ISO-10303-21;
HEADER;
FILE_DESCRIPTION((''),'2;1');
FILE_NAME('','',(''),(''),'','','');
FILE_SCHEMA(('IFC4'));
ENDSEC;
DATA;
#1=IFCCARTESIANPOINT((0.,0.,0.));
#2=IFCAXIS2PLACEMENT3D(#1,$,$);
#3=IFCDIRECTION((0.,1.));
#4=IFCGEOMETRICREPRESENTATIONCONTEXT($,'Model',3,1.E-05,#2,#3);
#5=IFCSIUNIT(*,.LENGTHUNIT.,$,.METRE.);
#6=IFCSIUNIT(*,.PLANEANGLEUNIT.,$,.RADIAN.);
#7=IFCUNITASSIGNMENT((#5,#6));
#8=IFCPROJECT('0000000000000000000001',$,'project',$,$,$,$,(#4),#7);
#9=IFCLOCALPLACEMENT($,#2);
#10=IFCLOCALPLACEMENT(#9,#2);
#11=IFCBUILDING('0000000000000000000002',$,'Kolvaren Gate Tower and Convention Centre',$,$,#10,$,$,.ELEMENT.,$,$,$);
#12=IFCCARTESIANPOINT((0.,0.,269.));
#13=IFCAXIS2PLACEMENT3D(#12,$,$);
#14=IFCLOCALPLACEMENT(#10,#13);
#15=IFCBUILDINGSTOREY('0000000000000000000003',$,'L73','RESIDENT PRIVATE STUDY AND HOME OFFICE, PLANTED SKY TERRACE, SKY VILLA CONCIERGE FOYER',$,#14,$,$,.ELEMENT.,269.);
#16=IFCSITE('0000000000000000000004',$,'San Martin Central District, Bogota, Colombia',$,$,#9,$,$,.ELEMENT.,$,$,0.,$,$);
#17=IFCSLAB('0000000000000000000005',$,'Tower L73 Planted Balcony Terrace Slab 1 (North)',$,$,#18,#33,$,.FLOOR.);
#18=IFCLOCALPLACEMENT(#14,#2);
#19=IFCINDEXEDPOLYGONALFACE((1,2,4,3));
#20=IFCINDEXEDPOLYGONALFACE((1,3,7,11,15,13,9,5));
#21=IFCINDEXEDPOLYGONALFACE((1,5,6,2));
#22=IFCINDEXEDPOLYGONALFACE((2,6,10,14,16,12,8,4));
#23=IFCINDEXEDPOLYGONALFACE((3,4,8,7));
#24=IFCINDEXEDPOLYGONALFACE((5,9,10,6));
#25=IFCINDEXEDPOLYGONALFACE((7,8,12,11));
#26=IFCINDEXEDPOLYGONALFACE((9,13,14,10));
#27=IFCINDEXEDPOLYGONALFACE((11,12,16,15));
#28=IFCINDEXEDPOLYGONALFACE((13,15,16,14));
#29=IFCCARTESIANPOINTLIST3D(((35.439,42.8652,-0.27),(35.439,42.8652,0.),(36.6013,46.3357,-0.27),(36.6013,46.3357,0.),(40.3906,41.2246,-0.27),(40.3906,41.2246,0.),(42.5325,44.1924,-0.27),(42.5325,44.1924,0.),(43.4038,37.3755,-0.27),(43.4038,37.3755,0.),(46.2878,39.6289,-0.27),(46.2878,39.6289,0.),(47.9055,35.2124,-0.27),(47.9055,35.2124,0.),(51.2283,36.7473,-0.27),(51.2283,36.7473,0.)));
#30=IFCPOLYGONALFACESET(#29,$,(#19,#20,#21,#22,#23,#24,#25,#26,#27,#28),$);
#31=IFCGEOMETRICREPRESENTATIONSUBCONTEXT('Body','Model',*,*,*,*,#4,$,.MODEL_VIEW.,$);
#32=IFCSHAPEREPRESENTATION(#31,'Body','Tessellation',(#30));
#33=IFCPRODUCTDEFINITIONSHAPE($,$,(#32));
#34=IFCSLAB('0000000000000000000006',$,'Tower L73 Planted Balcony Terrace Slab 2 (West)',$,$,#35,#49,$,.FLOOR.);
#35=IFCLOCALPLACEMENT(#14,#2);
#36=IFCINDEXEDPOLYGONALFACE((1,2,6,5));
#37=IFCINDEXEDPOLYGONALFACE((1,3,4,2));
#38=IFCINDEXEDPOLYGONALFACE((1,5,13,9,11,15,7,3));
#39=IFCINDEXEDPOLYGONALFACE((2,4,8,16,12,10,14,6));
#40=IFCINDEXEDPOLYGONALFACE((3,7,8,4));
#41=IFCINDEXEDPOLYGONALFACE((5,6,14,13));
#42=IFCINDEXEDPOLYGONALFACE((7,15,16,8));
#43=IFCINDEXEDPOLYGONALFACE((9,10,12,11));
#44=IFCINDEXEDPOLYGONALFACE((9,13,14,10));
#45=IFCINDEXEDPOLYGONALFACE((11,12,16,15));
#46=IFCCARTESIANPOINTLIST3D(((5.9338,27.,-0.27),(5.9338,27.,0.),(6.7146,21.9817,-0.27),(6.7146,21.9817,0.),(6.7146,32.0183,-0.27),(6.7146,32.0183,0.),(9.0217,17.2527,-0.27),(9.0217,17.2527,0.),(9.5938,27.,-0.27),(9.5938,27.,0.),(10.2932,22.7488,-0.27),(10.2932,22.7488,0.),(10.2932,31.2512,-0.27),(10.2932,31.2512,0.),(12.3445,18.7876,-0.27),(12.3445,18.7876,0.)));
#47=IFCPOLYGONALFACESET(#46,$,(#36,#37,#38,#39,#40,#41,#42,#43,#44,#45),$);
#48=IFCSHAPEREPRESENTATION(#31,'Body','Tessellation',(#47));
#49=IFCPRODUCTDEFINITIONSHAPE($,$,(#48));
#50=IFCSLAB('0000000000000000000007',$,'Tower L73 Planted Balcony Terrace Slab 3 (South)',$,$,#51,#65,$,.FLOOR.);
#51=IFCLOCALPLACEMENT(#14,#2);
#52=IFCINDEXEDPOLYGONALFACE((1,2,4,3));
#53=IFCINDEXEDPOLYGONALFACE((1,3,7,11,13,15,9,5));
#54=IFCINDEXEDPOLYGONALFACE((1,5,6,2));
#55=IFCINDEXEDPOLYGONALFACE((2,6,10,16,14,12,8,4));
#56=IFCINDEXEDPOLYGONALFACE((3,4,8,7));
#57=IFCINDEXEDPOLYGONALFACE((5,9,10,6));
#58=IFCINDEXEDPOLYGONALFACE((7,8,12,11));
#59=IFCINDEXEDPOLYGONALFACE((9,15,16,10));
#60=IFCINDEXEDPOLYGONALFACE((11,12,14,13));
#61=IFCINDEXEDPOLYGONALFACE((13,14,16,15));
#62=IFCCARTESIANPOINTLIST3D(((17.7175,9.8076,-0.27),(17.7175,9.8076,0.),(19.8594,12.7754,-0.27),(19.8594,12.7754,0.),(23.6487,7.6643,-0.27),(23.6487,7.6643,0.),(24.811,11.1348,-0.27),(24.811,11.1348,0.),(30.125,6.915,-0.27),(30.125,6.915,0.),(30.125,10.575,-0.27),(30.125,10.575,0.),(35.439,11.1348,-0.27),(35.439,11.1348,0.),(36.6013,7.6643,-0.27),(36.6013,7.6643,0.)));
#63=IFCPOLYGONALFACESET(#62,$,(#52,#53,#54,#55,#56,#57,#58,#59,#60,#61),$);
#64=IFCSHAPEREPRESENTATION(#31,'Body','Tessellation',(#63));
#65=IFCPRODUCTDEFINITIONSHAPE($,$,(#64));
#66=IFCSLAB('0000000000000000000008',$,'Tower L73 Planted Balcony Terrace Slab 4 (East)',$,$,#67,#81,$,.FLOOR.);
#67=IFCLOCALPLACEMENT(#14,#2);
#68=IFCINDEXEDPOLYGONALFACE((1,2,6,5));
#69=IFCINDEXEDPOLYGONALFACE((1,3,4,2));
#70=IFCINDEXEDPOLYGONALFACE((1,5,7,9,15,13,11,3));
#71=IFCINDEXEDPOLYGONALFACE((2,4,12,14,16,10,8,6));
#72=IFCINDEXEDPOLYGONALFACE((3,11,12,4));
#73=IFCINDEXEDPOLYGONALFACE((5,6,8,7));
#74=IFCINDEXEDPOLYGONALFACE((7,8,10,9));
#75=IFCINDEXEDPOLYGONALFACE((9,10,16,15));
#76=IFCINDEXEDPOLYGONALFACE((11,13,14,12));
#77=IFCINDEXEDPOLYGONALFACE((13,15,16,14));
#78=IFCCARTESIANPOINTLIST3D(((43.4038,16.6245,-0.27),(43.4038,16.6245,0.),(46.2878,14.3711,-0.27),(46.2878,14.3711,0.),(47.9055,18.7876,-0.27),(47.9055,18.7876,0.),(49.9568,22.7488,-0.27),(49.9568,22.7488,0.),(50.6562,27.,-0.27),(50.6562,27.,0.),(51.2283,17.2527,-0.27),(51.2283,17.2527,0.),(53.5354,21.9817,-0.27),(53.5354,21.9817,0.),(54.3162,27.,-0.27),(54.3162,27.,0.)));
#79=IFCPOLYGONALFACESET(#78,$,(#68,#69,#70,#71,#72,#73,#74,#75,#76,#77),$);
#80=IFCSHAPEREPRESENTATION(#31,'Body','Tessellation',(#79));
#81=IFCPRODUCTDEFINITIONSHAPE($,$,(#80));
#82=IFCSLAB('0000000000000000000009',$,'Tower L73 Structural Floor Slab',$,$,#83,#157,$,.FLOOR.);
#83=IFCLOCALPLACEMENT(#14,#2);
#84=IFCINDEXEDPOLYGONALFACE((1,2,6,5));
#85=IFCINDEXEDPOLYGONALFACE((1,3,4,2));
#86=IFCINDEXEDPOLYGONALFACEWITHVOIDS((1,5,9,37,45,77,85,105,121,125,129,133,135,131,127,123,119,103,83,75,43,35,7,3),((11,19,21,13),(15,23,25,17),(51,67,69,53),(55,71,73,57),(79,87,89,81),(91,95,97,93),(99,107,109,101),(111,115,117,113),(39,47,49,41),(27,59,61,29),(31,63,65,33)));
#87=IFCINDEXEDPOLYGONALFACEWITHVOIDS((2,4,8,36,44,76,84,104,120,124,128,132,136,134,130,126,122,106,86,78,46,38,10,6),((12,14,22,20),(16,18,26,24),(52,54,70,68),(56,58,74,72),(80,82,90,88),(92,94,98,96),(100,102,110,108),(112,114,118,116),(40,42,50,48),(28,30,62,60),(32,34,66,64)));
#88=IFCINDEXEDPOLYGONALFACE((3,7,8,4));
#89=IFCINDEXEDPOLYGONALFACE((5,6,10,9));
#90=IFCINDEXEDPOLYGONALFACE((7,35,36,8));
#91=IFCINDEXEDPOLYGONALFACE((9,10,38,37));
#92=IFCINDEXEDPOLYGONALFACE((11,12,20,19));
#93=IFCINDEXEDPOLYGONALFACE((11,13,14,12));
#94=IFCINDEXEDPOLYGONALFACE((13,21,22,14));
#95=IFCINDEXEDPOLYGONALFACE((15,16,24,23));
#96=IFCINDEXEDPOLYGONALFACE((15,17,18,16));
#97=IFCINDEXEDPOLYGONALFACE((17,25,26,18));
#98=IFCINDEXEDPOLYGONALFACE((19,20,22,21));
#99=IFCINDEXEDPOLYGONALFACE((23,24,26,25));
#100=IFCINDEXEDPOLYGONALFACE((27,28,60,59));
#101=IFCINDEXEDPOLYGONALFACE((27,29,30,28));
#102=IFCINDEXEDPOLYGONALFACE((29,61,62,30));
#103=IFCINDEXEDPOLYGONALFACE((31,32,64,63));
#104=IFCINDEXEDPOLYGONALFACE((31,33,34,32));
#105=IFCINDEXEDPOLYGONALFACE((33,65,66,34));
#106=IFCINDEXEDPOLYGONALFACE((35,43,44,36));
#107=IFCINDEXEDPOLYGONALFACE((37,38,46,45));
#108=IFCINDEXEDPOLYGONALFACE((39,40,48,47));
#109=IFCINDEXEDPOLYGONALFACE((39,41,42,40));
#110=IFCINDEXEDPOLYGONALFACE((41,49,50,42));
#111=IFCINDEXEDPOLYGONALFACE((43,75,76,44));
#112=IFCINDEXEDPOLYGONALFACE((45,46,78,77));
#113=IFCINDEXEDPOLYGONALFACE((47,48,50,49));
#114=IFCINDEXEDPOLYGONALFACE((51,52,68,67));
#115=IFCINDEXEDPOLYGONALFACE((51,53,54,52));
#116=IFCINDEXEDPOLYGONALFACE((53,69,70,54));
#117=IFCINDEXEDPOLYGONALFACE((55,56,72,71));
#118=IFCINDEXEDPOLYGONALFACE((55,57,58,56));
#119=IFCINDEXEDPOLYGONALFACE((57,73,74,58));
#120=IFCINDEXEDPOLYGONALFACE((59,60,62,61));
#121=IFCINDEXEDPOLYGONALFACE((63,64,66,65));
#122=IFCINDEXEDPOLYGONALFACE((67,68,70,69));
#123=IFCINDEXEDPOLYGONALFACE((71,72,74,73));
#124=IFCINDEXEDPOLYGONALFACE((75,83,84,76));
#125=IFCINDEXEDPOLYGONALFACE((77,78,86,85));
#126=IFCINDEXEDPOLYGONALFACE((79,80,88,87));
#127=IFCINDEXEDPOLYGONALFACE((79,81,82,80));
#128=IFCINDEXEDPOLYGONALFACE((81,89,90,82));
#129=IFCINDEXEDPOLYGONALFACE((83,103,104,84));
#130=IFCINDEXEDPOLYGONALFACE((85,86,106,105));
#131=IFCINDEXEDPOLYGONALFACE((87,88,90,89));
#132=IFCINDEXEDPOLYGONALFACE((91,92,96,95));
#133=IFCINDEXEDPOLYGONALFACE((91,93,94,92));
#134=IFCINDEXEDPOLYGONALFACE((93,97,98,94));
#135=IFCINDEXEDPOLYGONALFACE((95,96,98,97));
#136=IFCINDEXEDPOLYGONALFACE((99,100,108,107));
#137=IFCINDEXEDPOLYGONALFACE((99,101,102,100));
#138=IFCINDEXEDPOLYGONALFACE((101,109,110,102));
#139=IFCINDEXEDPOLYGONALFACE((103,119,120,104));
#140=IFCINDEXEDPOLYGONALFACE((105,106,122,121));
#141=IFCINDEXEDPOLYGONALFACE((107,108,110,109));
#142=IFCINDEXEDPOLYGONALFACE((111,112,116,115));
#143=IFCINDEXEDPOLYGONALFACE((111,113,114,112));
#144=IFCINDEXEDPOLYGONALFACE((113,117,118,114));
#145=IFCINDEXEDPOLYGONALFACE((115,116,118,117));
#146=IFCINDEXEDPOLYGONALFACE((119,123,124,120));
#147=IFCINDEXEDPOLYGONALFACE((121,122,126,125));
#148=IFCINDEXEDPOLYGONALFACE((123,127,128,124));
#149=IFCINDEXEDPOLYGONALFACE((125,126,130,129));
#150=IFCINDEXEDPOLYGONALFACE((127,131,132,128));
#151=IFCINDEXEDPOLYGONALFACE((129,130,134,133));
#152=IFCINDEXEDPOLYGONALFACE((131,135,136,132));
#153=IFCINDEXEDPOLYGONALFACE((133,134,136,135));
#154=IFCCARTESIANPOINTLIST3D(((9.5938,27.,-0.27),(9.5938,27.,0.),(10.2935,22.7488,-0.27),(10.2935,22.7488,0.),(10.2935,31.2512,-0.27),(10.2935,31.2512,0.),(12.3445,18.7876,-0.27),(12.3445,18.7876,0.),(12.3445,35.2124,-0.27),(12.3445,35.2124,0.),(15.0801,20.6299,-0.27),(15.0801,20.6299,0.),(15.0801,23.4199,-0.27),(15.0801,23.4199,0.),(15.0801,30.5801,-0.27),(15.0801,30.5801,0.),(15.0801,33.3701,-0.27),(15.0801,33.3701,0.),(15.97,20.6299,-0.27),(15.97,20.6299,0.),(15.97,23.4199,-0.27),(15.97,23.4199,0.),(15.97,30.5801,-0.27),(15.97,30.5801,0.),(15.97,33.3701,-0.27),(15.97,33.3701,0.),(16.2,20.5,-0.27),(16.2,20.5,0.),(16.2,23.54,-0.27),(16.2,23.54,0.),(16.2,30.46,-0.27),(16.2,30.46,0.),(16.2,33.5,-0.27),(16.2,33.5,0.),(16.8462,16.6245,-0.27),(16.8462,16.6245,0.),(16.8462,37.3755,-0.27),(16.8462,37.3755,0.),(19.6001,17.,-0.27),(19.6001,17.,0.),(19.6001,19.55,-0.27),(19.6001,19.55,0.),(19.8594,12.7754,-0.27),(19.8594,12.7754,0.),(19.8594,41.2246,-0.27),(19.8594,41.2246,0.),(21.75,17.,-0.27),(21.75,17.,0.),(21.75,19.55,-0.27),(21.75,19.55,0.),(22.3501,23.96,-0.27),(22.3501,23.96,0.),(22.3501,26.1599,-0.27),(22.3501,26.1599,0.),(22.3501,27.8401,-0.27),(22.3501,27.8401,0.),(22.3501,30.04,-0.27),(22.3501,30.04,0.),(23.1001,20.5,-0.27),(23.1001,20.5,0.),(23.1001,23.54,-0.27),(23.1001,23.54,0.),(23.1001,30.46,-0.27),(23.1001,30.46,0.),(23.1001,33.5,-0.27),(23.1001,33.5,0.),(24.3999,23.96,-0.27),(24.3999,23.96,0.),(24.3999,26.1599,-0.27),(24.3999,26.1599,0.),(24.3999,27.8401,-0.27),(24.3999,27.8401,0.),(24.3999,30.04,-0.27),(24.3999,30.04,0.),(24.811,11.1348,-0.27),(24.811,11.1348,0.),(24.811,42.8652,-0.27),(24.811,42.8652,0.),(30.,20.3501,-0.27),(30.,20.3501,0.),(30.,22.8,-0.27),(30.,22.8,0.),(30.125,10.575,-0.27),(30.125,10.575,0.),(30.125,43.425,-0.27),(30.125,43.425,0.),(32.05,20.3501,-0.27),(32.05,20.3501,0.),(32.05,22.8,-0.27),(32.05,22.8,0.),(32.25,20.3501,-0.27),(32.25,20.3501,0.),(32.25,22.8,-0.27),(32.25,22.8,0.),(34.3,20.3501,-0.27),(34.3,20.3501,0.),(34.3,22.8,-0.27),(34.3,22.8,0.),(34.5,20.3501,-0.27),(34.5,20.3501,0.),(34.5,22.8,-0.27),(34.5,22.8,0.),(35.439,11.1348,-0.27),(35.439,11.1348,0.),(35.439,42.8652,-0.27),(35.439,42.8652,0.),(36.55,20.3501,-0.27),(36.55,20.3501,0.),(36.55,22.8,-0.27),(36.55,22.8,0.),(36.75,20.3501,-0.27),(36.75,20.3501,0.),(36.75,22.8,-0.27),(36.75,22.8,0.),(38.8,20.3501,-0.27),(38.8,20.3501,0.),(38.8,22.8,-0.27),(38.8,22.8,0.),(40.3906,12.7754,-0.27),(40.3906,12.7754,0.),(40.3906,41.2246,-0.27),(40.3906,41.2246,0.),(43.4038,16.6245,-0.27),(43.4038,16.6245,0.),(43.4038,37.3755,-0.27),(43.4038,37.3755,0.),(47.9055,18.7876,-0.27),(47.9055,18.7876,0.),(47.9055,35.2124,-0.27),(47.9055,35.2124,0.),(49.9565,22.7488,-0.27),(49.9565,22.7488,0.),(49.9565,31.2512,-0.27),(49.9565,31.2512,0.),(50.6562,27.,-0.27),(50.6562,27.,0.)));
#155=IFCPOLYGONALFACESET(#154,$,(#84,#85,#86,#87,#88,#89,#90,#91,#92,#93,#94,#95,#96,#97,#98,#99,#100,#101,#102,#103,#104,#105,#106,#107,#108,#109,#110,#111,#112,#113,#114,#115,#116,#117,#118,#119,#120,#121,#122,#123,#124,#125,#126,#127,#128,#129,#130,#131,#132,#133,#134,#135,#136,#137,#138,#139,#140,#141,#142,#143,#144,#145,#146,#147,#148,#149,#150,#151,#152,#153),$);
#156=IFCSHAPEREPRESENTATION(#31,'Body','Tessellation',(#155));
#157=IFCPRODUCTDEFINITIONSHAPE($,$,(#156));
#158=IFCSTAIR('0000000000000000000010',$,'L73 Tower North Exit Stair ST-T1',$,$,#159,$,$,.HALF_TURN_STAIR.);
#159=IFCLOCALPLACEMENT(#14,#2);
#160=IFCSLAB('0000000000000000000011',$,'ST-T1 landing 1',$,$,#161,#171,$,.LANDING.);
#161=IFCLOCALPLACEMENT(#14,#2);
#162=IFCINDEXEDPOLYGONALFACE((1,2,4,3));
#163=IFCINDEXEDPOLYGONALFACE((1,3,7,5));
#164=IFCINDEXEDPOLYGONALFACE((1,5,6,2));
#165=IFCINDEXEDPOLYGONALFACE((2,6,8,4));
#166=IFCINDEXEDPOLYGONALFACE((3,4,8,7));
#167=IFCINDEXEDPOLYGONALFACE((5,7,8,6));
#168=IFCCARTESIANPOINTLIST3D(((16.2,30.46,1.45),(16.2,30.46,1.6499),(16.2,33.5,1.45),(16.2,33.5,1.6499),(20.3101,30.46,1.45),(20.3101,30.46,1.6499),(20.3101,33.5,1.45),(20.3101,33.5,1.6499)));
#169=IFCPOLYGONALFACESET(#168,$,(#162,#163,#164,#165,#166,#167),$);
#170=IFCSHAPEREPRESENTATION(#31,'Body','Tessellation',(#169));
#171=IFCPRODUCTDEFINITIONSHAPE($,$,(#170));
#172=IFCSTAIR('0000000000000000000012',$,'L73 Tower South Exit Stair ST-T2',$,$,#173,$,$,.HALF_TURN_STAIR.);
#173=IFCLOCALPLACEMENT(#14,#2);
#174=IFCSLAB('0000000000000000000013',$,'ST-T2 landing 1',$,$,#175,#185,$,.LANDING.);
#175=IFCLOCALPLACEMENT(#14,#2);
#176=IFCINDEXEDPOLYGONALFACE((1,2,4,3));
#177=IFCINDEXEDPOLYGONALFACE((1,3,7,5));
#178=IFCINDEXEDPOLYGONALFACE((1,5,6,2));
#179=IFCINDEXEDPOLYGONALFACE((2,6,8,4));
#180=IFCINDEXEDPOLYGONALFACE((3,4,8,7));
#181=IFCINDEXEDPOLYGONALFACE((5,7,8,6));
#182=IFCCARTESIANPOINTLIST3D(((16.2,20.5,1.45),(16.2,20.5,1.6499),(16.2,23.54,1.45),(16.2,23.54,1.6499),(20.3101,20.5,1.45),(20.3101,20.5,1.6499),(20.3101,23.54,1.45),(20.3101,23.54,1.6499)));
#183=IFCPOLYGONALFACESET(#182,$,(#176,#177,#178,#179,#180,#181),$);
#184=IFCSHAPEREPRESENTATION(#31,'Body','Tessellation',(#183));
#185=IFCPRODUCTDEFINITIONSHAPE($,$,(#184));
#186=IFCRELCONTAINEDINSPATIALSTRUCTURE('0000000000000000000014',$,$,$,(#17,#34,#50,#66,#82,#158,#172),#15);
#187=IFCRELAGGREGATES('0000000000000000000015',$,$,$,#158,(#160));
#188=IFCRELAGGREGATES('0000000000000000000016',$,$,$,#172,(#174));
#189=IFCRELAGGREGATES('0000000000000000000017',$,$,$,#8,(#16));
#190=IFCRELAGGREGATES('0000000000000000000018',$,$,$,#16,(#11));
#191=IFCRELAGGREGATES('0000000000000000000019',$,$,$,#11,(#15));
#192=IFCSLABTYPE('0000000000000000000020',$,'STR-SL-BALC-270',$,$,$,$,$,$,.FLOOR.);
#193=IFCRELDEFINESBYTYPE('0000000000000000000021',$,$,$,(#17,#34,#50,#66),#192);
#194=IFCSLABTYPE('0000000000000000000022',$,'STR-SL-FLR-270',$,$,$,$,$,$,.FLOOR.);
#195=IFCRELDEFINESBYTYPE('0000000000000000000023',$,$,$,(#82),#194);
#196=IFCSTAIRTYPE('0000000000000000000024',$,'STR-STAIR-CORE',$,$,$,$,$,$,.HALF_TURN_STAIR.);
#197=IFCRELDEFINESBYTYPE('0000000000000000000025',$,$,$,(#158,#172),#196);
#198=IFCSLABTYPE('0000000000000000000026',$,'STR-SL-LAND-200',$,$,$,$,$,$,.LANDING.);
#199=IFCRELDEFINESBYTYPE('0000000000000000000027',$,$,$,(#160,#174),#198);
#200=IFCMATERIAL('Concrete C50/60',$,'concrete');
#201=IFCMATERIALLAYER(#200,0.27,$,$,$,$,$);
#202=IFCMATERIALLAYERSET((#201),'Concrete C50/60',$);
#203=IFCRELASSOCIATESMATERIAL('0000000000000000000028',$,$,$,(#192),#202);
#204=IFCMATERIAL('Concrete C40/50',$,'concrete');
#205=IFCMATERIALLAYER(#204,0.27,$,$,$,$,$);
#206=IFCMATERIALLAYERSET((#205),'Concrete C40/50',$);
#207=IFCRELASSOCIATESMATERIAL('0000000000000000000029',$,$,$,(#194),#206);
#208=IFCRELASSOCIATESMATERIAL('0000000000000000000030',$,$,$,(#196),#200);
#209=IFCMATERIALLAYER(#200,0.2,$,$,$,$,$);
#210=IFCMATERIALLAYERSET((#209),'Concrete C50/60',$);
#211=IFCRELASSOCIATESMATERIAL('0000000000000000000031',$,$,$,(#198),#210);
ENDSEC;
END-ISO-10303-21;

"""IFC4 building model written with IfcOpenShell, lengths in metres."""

from ifc_helpers import new_model, si_unit, direction, frame, origin, place, context, subcontext, project, spatial, polyline, outline, extrude, material, layer, layer_set, type_object, element, aggregate, save


model = new_model("IFC4")

# Units and contexts
model_context = context("Model", 3, precision=1e-05, world=origin(), true_north=direction((0.0, 1.0)))
body_context = subcontext(model_context, "Body", "Model", "MODEL_VIEW")
ifc_project = project(units=[si_unit("LENGTHUNIT", "METRE"), si_unit("PLANEANGLEUNIT", "RADIAN")], contexts=[model_context])

# Site, building, storey
site_placement = place(None, origin())
site = spatial("IfcSite", under=ifc_project, at=site_placement, Name="San Martin Central District, Bogota, Colombia", CompositionType="ELEMENT", RefElevation=0.0)
building_placement = place(site_placement, origin())
building = spatial("IfcBuilding", under=site, at=building_placement, Name="Kolvaren Gate Tower and Convention Centre", CompositionType="ELEMENT")
storey_placement = place(building_placement, frame((0.0, 0.0, 269.0)))
storey = spatial("IfcBuildingStorey", under=building, at=storey_placement, Name="L73", Description="RESIDENT PRIVATE STUDY AND HOME OFFICE, PLANTED SKY TERRACE, SKY VILLA CONCIERGE FOYER", CompositionType="ELEMENT", Elevation=269.0)

# Slabs
ifc_material_1 = material(Name="Concrete C50/60", Category="concrete")
ifc_layer_1 = layer(ifc_material_1, 0.27)
ifc_layer_set_1 = layer_set([ifc_layer_1], Name="Concrete C50/60")
slab_type_1 = type_object("IfcSlabType", Name="STR-SL-BALC-270", PredefinedType="FLOOR", material=ifc_layer_set_1)
slab_1_placement = place(storey_placement, frame((0.0, 0.0, -0.27)))
element("IfcSlab", 1, at=slab_1_placement, inside=storey, type_object=slab_type_1, Name="Tower L73 Planted Balcony Terrace Slab 1 (North)", PredefinedType="FLOOR", context=body_context, shape_type="SweptSolid", body=[
    extrude(outline(polyline([(47.9055, 35.2124), (43.4038, 37.3755), (40.3906, 41.2246), (35.439, 42.8652), (36.6013, 46.3357), (42.5325, 44.1924), (46.2878, 39.6289), (51.2283, 36.7473), (47.9055, 35.2124)])), origin(), (0.0, 0.0, 1.0), 0.27),
])
slab_2_placement = place(storey_placement, frame((0.0, 0.0, -0.27)))
element("IfcSlab", 2, at=slab_2_placement, inside=storey, type_object=slab_type_1, Name="Tower L73 Planted Balcony Terrace Slab 2 (West)", PredefinedType="FLOOR", context=body_context, shape_type="SweptSolid", body=[
    extrude(outline(polyline([(10.2932, 31.2512), (9.5938, 27.0), (10.2932, 22.7488), (12.3445, 18.7876), (9.0217, 17.2527), (6.7146, 21.9817), (5.9338, 27.0), (6.7146, 32.0183), (10.2932, 31.2512)])), origin(), (0.0, 0.0, 1.0), 0.27),
])
slab_3_placement = place(storey_placement, frame((0.0, 0.0, -0.27)))
element("IfcSlab", 3, at=slab_3_placement, inside=storey, type_object=slab_type_1, Name="Tower L73 Planted Balcony Terrace Slab 3 (South)", PredefinedType="FLOOR", context=body_context, shape_type="SweptSolid", body=[
    extrude(outline(polyline([(19.8594, 12.7754), (24.811, 11.1348), (30.125, 10.575), (35.439, 11.1348), (36.6013, 7.6643), (30.125, 6.915), (23.6487, 7.6643), (17.7175, 9.8076), (19.8594, 12.7754)])), origin(), (0.0, 0.0, 1.0), 0.27),
])
slab_4_placement = place(storey_placement, frame((0.0, 0.0, -0.27)))
element("IfcSlab", 4, at=slab_4_placement, inside=storey, type_object=slab_type_1, Name="Tower L73 Planted Balcony Terrace Slab 4 (East)", PredefinedType="FLOOR", context=body_context, shape_type="SweptSolid", body=[
    extrude(outline(polyline([(43.4038, 16.6245), (47.9055, 18.7876), (49.9568, 22.7488), (50.6562, 27.0), (54.3162, 27.0), (53.5354, 21.9817), (51.2283, 17.2527), (46.2878, 14.3711), (43.4038, 16.6245)])), origin(), (0.0, 0.0, 1.0), 0.27),
])
ifc_material_2 = material(Name="Concrete C40/50", Category="concrete")
ifc_layer_2 = layer(ifc_material_2, 0.27)
ifc_layer_set_2 = layer_set([ifc_layer_2], Name="Concrete C40/50")
slab_type_2 = type_object("IfcSlabType", Name="STR-SL-FLR-270", PredefinedType="FLOOR", material=ifc_layer_set_2)
slab_5_placement = place(storey_placement, frame((0.0, 0.0, -0.27)))
element("IfcSlab", 5, at=slab_5_placement, inside=storey, type_object=slab_type_2, Name="Tower L73 Structural Floor Slab", PredefinedType="FLOOR", context=body_context, shape_type="SweptSolid", body=[
    extrude(outline(polyline([(50.6562, 27.0), (49.9565, 31.2512), (47.9055, 35.2124), (43.4038, 37.3755), (40.3906, 41.2246), (35.439, 42.8652), (30.125, 43.425), (24.811, 42.8652), (19.8594, 41.2246), (16.8462, 37.3755), (12.3445, 35.2124), (10.2935, 31.2512), (9.5938, 27.0), (10.2935, 22.7488), (12.3445, 18.7876), (16.8462, 16.6245), (19.8594, 12.7754), (24.811, 11.1348), (30.125, 10.575), (35.439, 11.1348), (40.3906, 12.7754), (43.4038, 16.6245), (47.9055, 18.7876), (49.9565, 22.7488), (50.6562, 27.0)]), holes=[polyline([(36.75, 20.3501), (36.75, 22.8), (38.8, 22.8), (38.8, 20.3501), (36.75, 20.3501)]), polyline([(36.55, 20.3501), (34.5, 20.3501), (34.5, 22.8), (36.55, 22.8), (36.55, 20.3501)]), polyline([(32.25, 20.3501), (32.25, 22.8), (34.3, 22.8), (34.3, 20.3501), (32.25, 20.3501)]), polyline([(30.0, 20.3501), (30.0, 22.8), (32.05, 22.8), (32.05, 20.3501), (30.0, 20.3501)]), polyline([(22.3501, 23.96), (22.3501, 26.1599), (24.3999, 26.1599), (24.3999, 23.96), (22.3501, 23.96)]), polyline([(22.3501, 27.8401), (22.3501, 30.04), (24.3999, 30.04), (24.3999, 27.8401), (22.3501, 27.8401)]), polyline([(16.2, 23.54), (23.1001, 23.54), (23.1001, 20.5), (16.2, 20.5), (16.2, 23.54)]), polyline([(16.2, 33.5), (23.1001, 33.5), (23.1001, 30.46), (16.2, 30.46), (16.2, 33.5)]), polyline([(21.75, 17.0), (19.6001, 17.0), (19.6001, 19.55), (21.75, 19.55), (21.75, 17.0)]), polyline([(15.0801, 30.5801), (15.0801, 33.3701), (15.97, 33.3701), (15.97, 30.5801), (15.0801, 30.5801)]), polyline([(15.97, 20.6299), (15.0801, 20.6299), (15.0801, 23.4199), (15.97, 23.4199), (15.97, 20.6299)])]), origin(), (0.0, 0.0, 1.0), 0.27),
])

# Stairs, slabs
stair_type = type_object("IfcStairType", Name="STR-STAIR-CORE", PredefinedType="HALF_TURN_STAIR", material=ifc_material_1)
stair_1_placement = place(storey_placement, origin())
stair_1 = element("IfcStair", 6, at=stair_1_placement, inside=storey, type_object=stair_type, Name="L73 Tower North Exit Stair ST-T1", PredefinedType="HALF_TURN_STAIR")
ifc_layer_3 = layer(ifc_material_1, 0.2)
ifc_layer_set_3 = layer_set([ifc_layer_3], Name="Concrete C50/60")
slab_type_3 = type_object("IfcSlabType", Name="STR-SL-LAND-200", PredefinedType="LANDING", material=ifc_layer_set_3)
slab_6_placement = place(storey_placement, frame((0.0, 0.0, 1.45)))
slab_6 = element("IfcSlab", 7, at=slab_6_placement, type_object=slab_type_3, Name="ST-T1 landing 1", PredefinedType="LANDING", context=body_context, shape_type="SweptSolid", body=[
    extrude(outline(polyline([(20.3101, 33.5), (16.2, 33.5), (16.2, 30.46), (20.3101, 30.46), (20.3101, 33.5)])), origin(), (0.0, 0.0, 1.0), 0.2),
])
aggregate(stair_1, [slab_6])
stair_2_placement = place(storey_placement, origin())
stair_2 = element("IfcStair", 8, at=stair_2_placement, inside=storey, type_object=stair_type, Name="L73 Tower South Exit Stair ST-T2", PredefinedType="HALF_TURN_STAIR")
slab_7_placement = place(storey_placement, frame((0.0, 0.0, 1.45)))
slab_7 = element("IfcSlab", 9, at=slab_7_placement, type_object=slab_type_3, Name="ST-T2 landing 1", PredefinedType="LANDING", context=body_context, shape_type="SweptSolid", body=[
    extrude(outline(polyline([(20.3101, 23.54), (16.2, 23.54), (16.2, 20.5), (20.3101, 20.5), (20.3101, 23.54)])), origin(), (0.0, 0.0, 1.0), 0.2),
])
aggregate(stair_2, [slab_7])

save(model, "model.ifc")
